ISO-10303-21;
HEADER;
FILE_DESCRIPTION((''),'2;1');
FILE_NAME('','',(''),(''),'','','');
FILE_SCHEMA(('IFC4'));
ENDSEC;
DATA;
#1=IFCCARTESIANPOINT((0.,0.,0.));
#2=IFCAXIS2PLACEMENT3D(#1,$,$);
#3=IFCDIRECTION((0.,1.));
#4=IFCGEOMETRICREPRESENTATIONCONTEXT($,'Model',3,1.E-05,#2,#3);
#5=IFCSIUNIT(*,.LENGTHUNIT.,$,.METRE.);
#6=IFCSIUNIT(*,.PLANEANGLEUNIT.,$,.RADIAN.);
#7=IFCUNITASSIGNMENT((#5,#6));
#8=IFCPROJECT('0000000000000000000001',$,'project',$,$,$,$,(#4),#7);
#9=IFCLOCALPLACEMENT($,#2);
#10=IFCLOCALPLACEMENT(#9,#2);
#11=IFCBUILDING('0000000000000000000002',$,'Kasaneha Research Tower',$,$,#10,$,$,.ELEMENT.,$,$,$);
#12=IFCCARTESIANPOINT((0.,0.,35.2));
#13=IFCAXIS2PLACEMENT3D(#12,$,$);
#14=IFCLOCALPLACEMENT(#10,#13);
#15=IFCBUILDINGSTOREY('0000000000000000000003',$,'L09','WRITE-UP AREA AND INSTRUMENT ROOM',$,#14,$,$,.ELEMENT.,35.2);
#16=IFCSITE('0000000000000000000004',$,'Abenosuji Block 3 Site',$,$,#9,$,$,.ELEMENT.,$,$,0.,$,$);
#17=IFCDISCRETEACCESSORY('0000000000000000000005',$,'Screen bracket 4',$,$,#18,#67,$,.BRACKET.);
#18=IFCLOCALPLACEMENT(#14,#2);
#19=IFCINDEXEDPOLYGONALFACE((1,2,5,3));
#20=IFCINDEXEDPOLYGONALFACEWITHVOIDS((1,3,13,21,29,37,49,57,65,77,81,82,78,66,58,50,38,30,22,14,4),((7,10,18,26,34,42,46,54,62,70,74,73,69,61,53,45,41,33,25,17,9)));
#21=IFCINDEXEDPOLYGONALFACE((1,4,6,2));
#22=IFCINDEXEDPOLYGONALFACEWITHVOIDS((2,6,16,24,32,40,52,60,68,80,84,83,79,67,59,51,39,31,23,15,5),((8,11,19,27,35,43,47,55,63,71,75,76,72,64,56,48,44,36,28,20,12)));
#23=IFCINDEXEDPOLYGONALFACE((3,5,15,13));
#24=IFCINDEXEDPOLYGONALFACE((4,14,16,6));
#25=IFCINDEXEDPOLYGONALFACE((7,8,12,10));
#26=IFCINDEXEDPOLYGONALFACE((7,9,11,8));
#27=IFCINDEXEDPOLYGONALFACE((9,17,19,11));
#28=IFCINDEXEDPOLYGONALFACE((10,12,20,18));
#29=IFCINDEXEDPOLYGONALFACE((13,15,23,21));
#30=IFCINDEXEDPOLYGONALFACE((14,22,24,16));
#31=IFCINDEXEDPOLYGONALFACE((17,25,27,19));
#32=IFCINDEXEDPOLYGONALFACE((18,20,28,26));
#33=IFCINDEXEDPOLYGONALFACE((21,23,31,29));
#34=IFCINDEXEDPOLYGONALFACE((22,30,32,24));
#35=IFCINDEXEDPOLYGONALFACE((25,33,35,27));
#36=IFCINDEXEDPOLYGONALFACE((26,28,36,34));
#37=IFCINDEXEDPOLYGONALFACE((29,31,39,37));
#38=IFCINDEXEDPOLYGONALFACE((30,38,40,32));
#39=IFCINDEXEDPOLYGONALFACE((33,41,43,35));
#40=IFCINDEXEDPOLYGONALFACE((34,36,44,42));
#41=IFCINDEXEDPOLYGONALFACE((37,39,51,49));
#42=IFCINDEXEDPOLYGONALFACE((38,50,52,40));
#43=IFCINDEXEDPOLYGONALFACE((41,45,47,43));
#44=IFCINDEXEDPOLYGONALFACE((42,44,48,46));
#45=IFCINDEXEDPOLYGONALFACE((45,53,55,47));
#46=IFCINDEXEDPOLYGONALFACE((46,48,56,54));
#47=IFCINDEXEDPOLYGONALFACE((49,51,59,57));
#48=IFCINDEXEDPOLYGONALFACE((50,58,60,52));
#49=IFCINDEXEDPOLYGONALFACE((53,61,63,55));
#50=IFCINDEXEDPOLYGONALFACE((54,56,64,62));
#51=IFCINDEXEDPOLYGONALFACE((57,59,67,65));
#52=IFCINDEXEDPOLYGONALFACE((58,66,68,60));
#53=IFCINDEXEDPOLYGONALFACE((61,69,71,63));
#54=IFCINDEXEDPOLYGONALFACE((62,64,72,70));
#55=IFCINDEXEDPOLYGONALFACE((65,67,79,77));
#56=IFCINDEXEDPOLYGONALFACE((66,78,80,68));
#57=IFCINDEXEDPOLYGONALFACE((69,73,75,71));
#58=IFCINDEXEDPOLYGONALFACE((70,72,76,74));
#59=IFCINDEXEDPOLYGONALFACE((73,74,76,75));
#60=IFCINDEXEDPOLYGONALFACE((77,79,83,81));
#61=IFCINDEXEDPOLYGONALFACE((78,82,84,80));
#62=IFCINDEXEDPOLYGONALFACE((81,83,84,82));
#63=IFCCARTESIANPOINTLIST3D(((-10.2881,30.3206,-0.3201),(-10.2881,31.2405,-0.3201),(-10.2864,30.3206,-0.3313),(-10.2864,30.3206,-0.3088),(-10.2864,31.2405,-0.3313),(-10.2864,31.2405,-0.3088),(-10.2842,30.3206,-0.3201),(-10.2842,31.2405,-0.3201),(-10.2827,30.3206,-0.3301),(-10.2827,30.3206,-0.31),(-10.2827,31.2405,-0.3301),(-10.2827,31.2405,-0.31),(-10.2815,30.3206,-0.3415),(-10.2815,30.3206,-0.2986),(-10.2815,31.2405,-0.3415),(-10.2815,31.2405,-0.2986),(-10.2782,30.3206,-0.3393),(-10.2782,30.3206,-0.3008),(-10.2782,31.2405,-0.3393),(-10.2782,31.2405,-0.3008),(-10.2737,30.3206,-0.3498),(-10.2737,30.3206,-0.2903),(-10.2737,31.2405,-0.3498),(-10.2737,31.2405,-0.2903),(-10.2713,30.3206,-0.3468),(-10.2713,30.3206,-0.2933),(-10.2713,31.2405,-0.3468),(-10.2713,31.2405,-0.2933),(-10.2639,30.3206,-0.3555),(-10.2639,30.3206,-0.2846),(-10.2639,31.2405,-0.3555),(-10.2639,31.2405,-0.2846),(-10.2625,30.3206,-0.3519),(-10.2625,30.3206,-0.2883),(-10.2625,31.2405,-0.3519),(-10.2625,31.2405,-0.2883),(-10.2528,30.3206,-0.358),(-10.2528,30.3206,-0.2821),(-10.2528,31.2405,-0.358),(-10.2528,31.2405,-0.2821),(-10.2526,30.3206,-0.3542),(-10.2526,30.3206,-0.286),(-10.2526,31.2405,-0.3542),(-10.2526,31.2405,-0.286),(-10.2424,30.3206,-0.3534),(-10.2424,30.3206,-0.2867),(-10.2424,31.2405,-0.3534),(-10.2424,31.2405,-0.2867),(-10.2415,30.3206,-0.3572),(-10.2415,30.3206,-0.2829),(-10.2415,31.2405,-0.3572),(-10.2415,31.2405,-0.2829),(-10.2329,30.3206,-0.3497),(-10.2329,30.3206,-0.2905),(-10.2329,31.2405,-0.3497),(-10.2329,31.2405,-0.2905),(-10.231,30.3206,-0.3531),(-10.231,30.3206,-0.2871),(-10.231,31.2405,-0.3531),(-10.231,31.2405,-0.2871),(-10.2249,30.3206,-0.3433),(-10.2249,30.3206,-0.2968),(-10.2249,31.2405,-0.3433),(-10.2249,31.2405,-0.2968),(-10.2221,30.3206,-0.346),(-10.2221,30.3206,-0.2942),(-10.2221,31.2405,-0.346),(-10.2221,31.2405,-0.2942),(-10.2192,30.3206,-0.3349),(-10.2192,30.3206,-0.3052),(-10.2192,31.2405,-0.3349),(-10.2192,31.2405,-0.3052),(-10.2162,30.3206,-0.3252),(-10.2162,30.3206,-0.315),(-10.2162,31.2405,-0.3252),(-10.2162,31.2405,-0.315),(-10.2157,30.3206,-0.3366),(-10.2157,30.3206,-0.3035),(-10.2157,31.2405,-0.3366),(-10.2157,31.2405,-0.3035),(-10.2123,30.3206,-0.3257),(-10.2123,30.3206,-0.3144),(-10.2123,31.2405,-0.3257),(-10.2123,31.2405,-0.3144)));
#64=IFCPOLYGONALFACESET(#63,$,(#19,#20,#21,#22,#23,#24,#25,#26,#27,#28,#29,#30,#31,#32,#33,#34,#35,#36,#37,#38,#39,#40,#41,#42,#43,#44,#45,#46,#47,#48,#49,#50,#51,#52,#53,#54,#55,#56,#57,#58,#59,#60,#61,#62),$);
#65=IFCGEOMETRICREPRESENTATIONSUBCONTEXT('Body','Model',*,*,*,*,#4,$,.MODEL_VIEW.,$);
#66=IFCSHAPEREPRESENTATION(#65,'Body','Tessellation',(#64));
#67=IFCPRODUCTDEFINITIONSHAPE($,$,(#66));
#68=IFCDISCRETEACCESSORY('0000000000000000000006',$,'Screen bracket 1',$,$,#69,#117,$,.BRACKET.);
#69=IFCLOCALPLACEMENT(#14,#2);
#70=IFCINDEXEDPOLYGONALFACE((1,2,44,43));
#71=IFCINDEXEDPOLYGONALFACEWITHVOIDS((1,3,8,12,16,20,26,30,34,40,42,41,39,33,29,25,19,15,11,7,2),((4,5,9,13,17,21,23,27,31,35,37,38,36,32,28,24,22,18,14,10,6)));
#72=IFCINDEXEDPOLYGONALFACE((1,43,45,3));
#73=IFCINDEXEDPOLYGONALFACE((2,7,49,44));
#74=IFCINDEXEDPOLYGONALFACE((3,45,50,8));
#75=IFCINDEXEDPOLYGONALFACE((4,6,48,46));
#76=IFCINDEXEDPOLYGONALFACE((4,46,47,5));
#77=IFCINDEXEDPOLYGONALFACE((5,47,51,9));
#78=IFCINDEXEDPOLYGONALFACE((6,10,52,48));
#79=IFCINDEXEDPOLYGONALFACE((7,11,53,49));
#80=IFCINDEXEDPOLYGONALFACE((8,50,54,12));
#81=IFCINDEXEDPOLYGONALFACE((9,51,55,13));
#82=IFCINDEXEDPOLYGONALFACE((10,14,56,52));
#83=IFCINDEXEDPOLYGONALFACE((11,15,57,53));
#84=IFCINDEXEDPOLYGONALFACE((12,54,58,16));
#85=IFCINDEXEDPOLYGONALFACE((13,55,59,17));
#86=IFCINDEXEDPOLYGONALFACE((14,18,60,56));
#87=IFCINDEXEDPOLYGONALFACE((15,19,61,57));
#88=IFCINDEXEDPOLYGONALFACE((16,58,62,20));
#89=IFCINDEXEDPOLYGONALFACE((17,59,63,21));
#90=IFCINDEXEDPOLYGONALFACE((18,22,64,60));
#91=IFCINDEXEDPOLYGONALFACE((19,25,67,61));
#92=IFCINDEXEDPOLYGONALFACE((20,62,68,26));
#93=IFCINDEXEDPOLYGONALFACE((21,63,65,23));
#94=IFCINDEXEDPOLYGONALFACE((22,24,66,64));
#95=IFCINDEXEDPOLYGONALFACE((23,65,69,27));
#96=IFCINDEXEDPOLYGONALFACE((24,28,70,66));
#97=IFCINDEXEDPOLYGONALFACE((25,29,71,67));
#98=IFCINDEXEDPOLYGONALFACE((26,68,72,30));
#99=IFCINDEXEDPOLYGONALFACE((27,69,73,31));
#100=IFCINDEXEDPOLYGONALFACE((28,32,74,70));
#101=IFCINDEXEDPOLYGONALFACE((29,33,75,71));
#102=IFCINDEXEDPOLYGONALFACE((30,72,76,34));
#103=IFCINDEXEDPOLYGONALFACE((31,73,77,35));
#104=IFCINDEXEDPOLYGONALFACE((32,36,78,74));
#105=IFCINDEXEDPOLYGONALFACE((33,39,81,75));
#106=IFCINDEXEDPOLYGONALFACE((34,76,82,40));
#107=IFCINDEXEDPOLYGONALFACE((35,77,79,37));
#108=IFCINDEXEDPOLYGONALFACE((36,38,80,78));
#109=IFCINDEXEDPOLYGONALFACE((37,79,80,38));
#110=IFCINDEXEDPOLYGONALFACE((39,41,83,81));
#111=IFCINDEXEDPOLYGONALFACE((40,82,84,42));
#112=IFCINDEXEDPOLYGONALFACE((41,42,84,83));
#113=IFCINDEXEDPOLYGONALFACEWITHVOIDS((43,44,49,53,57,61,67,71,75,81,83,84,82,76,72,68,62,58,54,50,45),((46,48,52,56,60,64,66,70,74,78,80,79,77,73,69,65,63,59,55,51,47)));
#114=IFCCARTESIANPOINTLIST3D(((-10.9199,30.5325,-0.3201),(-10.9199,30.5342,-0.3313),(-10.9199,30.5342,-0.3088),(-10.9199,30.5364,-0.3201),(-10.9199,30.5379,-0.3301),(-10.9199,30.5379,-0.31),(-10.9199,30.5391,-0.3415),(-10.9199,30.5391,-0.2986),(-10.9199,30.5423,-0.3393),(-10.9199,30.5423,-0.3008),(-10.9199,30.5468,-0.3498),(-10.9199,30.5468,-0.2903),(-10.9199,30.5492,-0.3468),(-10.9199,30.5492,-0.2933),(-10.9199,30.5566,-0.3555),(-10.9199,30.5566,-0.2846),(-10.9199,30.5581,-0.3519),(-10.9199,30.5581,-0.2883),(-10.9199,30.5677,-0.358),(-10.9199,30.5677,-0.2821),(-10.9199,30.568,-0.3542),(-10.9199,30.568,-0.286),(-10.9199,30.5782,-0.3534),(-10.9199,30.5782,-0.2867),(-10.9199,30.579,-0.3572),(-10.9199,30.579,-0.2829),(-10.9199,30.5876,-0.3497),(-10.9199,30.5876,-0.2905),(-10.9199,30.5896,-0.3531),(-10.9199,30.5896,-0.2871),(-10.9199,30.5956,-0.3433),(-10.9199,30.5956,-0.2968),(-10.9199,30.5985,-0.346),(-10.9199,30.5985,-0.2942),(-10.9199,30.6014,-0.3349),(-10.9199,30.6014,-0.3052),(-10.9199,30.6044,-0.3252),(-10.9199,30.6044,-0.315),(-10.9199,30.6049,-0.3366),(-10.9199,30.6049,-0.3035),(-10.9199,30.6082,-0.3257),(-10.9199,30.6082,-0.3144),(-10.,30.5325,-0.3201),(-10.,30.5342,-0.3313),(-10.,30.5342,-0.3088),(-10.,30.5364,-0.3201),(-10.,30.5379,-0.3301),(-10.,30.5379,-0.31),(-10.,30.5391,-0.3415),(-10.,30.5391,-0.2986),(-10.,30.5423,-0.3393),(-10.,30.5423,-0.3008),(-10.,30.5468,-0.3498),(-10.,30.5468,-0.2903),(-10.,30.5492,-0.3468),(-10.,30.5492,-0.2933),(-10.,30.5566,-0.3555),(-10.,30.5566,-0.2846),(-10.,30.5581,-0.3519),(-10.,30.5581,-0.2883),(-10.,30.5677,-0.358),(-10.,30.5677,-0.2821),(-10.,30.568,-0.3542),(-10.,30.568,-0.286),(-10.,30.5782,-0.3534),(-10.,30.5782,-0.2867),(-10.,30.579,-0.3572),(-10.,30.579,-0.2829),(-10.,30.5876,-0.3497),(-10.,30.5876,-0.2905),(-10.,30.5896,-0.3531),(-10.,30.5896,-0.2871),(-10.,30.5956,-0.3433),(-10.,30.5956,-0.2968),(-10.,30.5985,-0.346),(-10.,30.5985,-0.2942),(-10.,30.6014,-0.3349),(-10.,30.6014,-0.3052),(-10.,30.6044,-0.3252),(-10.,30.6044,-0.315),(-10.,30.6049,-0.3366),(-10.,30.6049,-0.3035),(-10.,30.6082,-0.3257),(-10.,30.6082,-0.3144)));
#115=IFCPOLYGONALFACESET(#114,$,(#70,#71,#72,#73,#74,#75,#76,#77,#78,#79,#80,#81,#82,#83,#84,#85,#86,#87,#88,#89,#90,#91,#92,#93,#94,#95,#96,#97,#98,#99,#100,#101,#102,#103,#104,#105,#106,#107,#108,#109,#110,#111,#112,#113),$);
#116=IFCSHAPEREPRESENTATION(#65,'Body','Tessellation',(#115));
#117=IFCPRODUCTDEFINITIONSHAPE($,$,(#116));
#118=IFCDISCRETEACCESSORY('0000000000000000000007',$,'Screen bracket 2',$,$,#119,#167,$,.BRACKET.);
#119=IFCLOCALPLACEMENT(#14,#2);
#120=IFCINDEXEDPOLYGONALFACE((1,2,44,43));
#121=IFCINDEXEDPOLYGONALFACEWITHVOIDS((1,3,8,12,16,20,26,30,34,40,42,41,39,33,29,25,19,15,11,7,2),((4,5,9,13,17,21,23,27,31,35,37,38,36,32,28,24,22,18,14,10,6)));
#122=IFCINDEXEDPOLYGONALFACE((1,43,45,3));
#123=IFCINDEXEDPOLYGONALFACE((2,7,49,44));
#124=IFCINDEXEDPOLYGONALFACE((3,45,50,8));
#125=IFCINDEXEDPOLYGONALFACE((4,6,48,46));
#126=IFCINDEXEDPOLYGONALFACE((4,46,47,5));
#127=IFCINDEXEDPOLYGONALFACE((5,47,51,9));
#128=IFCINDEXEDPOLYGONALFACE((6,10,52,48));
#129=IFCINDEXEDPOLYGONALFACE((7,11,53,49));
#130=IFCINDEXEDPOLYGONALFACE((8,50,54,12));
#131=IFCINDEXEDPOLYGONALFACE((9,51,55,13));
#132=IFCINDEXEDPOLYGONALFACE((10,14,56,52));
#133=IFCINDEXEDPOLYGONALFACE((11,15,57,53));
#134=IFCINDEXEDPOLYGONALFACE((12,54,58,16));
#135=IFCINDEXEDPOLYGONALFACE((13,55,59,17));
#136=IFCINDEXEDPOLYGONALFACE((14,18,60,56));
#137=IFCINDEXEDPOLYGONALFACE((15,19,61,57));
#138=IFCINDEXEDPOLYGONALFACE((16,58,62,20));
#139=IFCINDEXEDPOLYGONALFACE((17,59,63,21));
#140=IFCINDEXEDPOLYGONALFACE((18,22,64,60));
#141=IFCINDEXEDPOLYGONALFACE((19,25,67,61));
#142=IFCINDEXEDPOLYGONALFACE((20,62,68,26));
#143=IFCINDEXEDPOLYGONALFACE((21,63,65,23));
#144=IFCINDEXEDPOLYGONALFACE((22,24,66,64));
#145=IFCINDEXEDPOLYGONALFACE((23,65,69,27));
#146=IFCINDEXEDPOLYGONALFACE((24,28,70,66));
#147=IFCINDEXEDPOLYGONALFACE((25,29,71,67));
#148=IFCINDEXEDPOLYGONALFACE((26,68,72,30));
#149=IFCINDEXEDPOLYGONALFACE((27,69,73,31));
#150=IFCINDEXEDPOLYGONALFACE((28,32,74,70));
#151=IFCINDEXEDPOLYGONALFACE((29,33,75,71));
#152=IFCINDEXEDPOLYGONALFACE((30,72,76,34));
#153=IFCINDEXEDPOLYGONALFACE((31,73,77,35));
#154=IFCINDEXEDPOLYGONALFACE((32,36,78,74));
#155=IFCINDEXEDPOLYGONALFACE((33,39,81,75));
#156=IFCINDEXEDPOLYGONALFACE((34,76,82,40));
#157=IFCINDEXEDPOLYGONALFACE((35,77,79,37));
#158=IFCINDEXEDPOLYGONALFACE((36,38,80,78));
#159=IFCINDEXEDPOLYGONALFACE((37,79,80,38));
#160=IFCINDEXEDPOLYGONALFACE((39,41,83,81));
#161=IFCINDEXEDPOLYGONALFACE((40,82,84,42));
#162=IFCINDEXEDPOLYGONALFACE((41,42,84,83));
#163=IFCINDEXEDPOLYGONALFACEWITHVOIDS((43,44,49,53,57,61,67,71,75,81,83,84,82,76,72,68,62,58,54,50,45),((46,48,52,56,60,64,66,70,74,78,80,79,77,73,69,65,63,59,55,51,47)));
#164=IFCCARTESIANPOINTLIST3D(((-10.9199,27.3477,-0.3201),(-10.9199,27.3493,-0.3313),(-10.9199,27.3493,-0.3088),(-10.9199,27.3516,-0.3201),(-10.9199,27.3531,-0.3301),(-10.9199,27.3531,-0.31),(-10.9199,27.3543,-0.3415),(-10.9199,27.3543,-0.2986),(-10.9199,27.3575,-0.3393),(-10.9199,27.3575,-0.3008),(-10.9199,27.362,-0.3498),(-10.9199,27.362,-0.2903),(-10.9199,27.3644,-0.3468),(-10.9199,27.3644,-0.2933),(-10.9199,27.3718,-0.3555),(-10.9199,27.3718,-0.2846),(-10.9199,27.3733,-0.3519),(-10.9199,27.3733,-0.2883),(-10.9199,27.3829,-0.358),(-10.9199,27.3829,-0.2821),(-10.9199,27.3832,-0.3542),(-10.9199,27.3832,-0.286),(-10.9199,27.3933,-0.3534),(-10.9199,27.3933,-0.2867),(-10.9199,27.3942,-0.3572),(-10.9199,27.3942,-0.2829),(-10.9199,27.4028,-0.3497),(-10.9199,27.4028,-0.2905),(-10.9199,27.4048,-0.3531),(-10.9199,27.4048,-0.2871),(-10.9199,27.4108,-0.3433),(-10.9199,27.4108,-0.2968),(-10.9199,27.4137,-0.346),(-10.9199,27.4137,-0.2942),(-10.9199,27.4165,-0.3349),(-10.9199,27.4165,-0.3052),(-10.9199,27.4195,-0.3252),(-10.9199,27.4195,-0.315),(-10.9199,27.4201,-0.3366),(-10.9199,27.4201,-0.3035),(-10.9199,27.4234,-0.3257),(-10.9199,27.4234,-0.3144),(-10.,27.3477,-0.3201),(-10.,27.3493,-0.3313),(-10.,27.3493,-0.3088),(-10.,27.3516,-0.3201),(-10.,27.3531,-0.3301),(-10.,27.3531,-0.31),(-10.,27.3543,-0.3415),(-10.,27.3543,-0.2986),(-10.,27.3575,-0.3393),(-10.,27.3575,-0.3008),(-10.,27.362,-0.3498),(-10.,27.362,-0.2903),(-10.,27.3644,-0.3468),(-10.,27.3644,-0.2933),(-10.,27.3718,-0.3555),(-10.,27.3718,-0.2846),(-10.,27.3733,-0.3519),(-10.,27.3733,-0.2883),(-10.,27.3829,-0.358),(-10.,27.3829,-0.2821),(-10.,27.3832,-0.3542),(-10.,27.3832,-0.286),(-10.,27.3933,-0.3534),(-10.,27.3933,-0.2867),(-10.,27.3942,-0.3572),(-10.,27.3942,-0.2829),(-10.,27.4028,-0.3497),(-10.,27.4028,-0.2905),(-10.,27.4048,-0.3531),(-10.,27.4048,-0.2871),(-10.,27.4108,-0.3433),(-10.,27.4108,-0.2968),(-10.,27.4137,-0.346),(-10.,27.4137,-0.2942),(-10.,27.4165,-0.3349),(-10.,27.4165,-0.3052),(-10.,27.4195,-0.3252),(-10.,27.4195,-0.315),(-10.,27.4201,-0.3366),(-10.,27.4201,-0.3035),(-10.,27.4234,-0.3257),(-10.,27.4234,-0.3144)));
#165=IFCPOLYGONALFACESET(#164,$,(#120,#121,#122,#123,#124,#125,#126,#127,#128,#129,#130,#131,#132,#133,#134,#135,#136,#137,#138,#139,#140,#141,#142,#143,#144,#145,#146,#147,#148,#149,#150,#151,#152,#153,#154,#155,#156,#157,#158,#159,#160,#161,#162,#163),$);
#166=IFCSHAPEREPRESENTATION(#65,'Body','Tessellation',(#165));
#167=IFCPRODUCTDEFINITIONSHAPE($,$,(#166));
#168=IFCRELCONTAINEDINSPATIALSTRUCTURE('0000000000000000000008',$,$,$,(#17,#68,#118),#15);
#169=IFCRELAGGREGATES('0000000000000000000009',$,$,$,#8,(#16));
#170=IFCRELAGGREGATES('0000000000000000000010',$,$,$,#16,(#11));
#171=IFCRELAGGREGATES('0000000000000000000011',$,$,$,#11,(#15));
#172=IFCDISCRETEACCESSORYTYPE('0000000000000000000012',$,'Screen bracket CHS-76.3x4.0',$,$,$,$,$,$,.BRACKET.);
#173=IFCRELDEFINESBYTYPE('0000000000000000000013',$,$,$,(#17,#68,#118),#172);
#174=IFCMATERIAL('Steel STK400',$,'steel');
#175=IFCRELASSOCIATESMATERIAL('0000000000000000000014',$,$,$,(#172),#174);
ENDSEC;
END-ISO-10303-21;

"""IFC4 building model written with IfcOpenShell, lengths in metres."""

from ifc_helpers import new_model, si_unit, direction, frame, origin, origin_2d, place, context, subcontext, project, spatial, hollow_circle, extrude, material, material_profile, profile_set, type_object, element, save


model = new_model("IFC4")

# Units and contexts
model_context = context("Model", 3, precision=1e-05, world=origin(), true_north=direction((0.0, 1.0)))
body_context = subcontext(model_context, "Body", "Model", "MODEL_VIEW")
ifc_project = project(units=[si_unit("LENGTHUNIT", "METRE"), si_unit("PLANEANGLEUNIT", "RADIAN")], contexts=[model_context])

# Site, building, storey
site_placement = place(None, origin())
site = spatial("IfcSite", under=ifc_project, at=site_placement, Name="Abenosuji Block 3 Site", CompositionType="ELEMENT", RefElevation=0.0)
building_placement = place(site_placement, origin())
building = spatial("IfcBuilding", under=site, at=building_placement, Name="Kasaneha Research Tower", CompositionType="ELEMENT")
storey_placement = place(building_placement, frame((0.0, 0.0, 35.2)))
storey = spatial("IfcBuildingStorey", under=building, at=storey_placement, Name="L09", Description="WRITE-UP AREA AND INSTRUMENT ROOM", CompositionType="ELEMENT", Elevation=35.2)

# Discrete accessories
ifc_material_1 = material(Name="Steel STK400", Category="steel")
ifc_material_profile_1 = material_profile(ifc_material_1, hollow_circle(Radius=0.0381, WallThickness=0.0039, at=origin_2d()), Name="CHS-76.3x4.0")
ifc_profile_set_1 = profile_set([ifc_material_profile_1], Name="Steel STK400")
discrete_accessory_type = type_object("IfcDiscreteAccessoryType", Name="Screen bracket CHS-76.3x4.0", PredefinedType="BRACKET", material=ifc_profile_set_1)
for number, where, z_axis, x_axis, name in (
    (1, (-10.25, 30.3206, -0.3201), (0.0, 1.0, 0.0), (-1.0, 0.0, 0.0), "Screen bracket 4"),
    (2, (-10.0, 30.5706, -0.3201), (-1.0, 0.0, 0.0), (0.0, -1.0, 0.0), "Screen bracket 1"),
    (3, (-10.0, 27.3857, -0.3201), (-1.0, 0.0, 0.0), (0.0, -1.0, 0.0), "Screen bracket 2"),
):
    element("IfcDiscreteAccessory", number, at=place(storey_placement, frame(where, z_axis=z_axis, x_axis=x_axis)), inside=storey, type_object=discrete_accessory_type, Name=name, PredefinedType="BRACKET", context=body_context, shape_type="SweptSolid", body=[
        extrude(hollow_circle(Radius=0.0381, WallThickness=0.0039, at=origin_2d()), origin(), (0.0, 0.0, 1.0), 0.9199),
    ])

save(model, "model.ifc")
